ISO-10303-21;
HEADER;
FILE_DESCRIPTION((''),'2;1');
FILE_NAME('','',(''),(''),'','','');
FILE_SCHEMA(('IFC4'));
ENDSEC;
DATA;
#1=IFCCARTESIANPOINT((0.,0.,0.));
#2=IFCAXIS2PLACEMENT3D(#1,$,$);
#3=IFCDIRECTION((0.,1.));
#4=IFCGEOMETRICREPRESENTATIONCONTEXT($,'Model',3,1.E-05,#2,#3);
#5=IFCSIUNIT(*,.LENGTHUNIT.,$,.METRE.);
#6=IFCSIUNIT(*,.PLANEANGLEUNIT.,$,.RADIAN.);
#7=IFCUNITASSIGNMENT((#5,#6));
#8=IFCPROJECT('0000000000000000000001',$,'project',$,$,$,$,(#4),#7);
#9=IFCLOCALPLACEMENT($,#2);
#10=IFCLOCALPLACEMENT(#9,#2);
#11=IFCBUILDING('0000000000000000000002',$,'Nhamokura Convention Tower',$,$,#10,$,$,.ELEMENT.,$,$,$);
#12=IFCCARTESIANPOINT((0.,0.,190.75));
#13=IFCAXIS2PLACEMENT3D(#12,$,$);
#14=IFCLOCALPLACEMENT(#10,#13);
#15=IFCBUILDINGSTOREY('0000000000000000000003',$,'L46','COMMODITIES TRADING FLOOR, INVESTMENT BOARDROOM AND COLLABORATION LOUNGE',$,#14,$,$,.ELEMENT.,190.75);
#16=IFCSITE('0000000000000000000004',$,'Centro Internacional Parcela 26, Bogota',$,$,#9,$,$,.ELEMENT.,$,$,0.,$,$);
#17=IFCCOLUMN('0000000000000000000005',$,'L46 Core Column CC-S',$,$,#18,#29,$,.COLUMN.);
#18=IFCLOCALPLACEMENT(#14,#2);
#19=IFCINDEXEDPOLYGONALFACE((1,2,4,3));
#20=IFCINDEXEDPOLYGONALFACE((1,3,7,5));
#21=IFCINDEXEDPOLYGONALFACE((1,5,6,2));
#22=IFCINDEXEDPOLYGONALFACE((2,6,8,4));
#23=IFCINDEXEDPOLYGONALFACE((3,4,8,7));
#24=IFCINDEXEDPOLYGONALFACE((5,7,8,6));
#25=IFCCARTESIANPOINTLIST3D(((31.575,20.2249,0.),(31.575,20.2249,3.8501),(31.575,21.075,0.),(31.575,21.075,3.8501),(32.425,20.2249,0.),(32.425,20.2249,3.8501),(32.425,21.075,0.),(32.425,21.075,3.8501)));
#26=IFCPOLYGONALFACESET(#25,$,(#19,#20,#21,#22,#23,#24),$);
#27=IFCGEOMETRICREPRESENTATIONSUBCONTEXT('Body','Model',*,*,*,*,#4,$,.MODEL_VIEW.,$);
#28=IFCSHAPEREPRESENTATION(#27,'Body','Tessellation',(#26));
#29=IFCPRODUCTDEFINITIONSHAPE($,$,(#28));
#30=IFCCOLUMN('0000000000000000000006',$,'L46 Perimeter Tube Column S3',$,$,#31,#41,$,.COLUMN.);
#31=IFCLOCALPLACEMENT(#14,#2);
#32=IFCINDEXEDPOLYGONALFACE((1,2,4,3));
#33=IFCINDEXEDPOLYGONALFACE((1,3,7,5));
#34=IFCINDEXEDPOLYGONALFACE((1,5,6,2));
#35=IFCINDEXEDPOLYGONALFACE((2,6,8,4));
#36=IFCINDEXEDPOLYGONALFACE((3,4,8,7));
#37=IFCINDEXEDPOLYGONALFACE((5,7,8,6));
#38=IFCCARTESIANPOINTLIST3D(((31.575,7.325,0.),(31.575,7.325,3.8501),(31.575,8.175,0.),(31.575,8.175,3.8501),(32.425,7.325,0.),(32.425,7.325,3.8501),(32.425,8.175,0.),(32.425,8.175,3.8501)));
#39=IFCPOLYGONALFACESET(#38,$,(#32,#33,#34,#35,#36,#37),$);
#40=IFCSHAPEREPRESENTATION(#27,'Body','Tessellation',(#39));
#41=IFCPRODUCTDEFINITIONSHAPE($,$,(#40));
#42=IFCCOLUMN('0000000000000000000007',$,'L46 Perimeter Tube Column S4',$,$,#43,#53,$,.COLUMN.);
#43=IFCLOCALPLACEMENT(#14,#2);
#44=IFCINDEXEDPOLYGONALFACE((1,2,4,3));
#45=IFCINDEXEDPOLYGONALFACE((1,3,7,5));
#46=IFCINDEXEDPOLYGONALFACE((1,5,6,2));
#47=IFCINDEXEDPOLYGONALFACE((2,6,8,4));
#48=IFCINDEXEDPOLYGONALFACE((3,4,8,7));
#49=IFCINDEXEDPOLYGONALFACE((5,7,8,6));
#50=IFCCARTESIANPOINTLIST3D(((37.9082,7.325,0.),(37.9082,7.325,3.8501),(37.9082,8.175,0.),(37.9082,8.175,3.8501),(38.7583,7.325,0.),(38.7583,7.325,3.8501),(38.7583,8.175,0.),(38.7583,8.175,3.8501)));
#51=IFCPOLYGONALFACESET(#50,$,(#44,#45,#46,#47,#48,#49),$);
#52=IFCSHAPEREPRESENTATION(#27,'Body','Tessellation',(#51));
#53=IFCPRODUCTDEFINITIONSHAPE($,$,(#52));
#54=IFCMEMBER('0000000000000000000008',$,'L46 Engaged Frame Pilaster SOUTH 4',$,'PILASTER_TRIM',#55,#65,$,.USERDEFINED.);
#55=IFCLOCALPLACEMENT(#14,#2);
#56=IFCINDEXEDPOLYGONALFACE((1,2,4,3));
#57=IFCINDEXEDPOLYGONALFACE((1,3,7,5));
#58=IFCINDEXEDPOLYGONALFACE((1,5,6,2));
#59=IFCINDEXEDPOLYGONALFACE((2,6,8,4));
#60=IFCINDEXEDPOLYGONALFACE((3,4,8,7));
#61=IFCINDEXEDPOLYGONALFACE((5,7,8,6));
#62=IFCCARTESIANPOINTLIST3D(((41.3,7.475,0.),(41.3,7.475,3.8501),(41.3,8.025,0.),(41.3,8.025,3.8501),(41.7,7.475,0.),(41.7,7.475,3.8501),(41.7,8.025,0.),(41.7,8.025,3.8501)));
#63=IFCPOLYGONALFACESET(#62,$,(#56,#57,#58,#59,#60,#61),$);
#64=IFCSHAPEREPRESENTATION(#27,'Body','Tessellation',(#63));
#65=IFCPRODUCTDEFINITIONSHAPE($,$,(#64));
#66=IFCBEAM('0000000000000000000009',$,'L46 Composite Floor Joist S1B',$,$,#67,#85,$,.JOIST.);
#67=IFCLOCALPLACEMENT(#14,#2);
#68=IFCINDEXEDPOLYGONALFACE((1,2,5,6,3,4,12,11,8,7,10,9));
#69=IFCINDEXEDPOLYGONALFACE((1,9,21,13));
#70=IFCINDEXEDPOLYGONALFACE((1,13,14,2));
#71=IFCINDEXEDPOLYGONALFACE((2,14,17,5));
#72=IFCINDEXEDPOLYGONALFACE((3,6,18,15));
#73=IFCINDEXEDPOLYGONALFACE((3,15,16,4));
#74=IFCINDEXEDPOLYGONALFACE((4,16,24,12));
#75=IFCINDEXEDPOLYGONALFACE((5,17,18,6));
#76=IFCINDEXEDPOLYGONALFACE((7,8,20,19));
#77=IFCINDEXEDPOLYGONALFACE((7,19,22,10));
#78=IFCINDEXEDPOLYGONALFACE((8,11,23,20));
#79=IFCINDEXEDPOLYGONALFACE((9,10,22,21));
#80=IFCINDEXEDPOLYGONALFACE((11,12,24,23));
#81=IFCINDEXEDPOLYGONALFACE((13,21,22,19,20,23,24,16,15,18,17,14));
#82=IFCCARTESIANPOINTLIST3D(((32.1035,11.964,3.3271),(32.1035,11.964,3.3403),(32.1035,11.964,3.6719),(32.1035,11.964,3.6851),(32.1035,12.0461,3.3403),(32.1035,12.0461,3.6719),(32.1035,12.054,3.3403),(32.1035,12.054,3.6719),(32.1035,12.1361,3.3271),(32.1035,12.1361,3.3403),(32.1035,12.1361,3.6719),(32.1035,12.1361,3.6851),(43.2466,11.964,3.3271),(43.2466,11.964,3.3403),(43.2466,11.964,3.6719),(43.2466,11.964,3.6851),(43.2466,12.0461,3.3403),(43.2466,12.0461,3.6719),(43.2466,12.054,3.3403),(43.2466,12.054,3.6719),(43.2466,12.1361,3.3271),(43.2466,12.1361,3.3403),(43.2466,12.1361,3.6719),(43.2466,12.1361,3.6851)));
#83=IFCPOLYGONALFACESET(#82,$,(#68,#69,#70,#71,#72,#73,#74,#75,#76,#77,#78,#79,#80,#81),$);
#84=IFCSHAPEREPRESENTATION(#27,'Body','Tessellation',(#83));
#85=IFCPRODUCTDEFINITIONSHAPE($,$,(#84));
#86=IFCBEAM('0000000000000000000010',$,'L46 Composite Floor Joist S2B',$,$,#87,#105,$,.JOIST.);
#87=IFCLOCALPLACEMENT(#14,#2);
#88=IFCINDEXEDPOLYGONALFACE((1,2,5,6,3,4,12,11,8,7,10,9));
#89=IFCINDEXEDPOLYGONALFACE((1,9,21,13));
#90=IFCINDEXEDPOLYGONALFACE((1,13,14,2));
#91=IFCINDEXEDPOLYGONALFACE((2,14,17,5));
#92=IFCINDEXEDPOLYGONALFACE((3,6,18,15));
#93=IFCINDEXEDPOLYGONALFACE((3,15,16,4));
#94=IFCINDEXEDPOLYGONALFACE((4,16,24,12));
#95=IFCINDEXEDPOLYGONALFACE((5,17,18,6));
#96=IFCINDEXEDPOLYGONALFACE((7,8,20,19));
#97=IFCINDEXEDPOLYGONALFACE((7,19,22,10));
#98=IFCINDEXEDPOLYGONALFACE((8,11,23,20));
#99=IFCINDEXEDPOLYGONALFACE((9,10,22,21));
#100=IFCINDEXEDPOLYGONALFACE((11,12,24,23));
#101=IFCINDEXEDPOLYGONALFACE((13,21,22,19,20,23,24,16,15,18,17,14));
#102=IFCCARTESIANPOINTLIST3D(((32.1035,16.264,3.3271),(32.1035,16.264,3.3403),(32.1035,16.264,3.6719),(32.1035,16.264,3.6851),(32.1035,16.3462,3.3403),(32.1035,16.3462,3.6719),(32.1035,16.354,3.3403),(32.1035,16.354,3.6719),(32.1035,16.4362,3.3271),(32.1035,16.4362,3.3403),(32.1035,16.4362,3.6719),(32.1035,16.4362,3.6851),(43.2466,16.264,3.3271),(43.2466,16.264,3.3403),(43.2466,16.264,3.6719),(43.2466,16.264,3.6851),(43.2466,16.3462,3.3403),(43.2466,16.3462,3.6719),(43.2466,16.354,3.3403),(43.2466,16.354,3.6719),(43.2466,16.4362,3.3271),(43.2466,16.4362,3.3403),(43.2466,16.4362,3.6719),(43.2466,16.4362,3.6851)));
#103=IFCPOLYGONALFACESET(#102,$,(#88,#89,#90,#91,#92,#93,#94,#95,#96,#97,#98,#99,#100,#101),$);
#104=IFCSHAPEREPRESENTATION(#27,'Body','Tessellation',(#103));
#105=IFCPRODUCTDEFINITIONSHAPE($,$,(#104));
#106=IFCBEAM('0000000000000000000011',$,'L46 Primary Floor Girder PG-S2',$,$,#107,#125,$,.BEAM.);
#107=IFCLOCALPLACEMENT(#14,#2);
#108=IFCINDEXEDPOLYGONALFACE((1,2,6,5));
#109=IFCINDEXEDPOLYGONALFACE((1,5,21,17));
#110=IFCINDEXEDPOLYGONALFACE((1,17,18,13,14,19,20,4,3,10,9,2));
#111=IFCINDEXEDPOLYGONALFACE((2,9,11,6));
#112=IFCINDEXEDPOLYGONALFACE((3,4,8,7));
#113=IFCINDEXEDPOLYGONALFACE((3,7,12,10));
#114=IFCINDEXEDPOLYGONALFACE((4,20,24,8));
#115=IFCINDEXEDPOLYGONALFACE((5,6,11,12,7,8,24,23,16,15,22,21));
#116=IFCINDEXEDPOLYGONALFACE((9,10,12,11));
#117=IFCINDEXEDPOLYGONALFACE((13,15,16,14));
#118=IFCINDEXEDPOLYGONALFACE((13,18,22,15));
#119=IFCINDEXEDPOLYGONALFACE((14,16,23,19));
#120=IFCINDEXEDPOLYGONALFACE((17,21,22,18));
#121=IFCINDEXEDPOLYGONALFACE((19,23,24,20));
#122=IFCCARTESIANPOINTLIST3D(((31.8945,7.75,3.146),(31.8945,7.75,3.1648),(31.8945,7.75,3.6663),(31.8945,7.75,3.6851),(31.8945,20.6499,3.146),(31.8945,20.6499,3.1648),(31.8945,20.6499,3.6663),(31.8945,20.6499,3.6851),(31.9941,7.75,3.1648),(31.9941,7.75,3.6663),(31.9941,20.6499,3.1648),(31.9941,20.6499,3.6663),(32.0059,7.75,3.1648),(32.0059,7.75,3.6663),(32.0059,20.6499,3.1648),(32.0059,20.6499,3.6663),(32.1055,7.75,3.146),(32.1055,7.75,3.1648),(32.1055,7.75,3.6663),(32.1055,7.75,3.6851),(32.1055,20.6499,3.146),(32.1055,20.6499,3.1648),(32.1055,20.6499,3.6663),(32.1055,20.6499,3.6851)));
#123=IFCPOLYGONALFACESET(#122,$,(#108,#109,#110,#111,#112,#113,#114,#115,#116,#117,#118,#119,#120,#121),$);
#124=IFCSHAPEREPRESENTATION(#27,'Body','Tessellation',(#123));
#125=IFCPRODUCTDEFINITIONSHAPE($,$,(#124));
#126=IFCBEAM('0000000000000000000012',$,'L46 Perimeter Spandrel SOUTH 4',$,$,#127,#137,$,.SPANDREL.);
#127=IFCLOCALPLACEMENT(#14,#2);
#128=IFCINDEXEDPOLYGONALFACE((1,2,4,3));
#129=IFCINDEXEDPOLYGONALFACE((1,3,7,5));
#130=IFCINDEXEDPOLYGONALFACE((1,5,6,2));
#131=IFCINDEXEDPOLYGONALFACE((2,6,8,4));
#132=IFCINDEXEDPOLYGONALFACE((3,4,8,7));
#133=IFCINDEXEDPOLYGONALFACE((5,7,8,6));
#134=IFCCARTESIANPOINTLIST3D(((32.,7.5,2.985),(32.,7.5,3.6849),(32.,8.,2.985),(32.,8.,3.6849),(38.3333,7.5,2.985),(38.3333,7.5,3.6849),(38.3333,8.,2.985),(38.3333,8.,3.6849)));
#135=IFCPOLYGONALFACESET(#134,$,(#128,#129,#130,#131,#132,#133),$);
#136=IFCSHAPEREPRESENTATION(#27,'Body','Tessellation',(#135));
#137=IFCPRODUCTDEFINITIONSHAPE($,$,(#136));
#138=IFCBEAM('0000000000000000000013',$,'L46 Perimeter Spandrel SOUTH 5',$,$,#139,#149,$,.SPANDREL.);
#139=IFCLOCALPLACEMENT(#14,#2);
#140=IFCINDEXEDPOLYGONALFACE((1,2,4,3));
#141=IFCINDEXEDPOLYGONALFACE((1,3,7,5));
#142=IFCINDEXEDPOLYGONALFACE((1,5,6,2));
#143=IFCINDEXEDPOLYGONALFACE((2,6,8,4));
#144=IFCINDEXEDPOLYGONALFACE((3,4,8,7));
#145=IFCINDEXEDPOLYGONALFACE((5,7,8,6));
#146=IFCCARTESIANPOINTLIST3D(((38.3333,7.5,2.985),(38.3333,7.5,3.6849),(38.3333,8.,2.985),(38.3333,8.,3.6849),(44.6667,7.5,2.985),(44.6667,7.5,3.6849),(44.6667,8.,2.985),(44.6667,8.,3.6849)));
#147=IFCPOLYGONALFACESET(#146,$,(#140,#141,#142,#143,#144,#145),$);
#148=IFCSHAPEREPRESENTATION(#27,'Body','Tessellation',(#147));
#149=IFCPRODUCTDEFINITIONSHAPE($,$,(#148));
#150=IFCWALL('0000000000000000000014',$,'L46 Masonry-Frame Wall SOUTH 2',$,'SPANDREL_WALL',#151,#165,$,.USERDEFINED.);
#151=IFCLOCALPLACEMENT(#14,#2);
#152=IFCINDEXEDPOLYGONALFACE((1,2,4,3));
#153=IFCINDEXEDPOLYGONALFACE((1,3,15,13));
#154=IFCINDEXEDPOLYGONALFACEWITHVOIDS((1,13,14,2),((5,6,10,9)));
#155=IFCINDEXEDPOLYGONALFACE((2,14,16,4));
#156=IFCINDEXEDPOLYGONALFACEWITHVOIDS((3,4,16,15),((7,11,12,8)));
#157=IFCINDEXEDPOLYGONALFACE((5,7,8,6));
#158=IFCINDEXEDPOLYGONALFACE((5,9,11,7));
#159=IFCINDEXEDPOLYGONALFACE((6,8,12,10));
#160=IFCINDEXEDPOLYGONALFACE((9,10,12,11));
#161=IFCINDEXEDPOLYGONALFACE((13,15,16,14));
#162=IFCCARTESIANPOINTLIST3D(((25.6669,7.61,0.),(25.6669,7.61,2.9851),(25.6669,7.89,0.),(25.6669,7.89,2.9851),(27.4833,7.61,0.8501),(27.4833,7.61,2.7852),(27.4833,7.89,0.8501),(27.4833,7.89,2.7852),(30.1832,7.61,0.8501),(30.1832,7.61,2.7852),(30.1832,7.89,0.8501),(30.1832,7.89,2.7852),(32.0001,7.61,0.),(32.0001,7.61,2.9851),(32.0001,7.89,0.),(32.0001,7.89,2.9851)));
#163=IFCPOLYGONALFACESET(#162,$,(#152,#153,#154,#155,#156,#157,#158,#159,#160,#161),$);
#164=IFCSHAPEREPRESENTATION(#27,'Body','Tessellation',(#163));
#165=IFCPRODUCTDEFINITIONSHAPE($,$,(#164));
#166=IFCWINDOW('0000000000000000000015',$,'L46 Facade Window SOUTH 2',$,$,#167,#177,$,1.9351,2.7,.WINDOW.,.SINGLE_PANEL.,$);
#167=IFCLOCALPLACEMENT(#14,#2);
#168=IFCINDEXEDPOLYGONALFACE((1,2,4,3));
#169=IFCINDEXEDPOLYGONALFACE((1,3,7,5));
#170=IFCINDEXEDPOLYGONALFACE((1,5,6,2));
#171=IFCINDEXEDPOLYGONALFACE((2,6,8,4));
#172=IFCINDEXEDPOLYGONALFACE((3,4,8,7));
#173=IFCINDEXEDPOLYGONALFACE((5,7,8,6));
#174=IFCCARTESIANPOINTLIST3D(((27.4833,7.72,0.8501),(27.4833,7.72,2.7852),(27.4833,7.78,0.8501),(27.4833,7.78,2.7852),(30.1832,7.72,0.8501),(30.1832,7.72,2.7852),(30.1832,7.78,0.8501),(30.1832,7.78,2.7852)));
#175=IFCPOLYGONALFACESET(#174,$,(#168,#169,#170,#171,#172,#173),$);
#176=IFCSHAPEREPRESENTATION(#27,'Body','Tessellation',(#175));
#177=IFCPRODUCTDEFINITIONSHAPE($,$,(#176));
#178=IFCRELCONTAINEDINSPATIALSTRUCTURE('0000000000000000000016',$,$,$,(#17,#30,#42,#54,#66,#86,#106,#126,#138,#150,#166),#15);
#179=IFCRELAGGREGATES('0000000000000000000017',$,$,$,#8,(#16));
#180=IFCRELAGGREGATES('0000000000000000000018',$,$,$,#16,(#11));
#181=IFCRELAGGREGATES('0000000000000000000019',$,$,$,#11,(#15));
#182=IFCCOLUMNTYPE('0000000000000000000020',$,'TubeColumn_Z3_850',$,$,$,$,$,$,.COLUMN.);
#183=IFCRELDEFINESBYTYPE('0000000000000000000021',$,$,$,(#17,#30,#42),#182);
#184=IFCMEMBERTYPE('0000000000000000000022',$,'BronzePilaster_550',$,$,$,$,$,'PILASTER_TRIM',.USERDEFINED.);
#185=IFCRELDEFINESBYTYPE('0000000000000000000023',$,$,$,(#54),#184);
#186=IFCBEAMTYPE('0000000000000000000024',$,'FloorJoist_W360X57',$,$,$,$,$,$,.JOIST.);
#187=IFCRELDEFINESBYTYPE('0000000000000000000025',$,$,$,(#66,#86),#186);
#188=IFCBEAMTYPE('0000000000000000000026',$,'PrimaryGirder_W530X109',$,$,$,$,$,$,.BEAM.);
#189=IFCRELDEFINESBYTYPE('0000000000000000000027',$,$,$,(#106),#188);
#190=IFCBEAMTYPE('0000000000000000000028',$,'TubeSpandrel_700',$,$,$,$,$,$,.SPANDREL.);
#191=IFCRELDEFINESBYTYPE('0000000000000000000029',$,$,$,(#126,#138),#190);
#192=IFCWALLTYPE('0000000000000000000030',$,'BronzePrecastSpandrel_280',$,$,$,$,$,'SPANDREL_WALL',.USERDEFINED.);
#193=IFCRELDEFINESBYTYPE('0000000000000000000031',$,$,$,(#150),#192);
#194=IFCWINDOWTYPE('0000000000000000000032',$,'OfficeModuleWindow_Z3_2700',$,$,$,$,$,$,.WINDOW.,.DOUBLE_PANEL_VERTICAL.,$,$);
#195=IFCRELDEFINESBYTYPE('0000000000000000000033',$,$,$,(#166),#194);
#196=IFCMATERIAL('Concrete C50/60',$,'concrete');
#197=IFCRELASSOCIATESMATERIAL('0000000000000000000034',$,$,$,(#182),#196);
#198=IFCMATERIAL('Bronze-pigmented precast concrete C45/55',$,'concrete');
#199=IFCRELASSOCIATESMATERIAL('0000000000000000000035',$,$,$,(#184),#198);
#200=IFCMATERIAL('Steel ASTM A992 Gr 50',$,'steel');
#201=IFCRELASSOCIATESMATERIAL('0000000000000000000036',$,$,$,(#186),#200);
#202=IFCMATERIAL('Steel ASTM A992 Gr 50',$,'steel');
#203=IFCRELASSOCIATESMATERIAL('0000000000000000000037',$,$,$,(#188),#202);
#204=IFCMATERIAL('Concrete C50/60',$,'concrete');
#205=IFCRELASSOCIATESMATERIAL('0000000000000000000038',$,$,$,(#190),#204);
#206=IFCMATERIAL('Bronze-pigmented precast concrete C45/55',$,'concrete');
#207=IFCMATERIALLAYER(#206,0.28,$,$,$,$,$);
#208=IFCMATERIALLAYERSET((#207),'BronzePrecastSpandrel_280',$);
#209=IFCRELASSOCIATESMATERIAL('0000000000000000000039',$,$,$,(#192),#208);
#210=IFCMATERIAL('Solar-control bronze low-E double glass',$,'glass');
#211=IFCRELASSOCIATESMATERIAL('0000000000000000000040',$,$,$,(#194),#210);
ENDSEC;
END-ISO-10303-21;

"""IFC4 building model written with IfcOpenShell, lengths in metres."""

from ifc_helpers import new_model, si_unit, direction, frame, frame_2d, origin, origin_2d, place, context, subcontext, project, spatial, rectangle, i_section, extrude, material, layer, layer_set, material_profile, profile_set, type_object, element, fill, save


model = new_model("IFC4")

# Units and contexts
model_context = context("Model", 3, precision=1e-05, world=origin(), true_north=direction((0.0, 1.0)))
body_context = subcontext(model_context, "Body", "Model", "MODEL_VIEW")
ifc_project = project(units=[si_unit("LENGTHUNIT", "METRE"), si_unit("PLANEANGLEUNIT", "RADIAN")], contexts=[model_context])

# Site, building, storey
site_placement = place(None, origin())
site = spatial("IfcSite", under=ifc_project, at=site_placement, Name="Centro Internacional Parcela 26, Bogota", CompositionType="ELEMENT", RefElevation=0.0)
building_placement = place(site_placement, origin())
building = spatial("IfcBuilding", under=site, at=building_placement, Name="Nhamokura Convention Tower", CompositionType="ELEMENT")
storey_placement = place(building_placement, frame((0.0, 0.0, 190.75)))
storey = spatial("IfcBuildingStorey", under=building, at=storey_placement, Name="L46", Description="COMMODITIES TRADING FLOOR, INVESTMENT BOARDROOM AND COLLABORATION LOUNGE", CompositionType="ELEMENT", Elevation=190.75)

# Columns
ifc_material_1 = material(Name="Concrete C50/60", Category="concrete")
ifc_material_profile_1 = material_profile(ifc_material_1, rectangle(XDim=0.8501, YDim=0.8501, at=origin_2d()))
ifc_profile_set_1 = profile_set([ifc_material_profile_1], Name="Concrete C50/60")
column_type = type_object("IfcColumnType", Name="TubeColumn_Z3_850", PredefinedType="COLUMN", material=ifc_profile_set_1)
for number, where, z_axis, x_axis, name in (
    (1, (32.0, 20.6499, 0.0), (0.0, 0.0, 1.0), (1.0, 0.0, 0.0), "L46 Core Column CC-S"),
    (2, (32.0, 7.75, 0.0), (0.0, 0.0, 1.0), (1.0, 0.0, 0.0), "L46 Perimeter Tube Column S3"),
    (3, (38.3333, 7.75, 0.0), (0.0, 0.0, 1.0), (1.0, 0.0, 0.0), "L46 Perimeter Tube Column S4"),
):
    element("IfcColumn", number, at=place(storey_placement, frame(where, z_axis=z_axis, x_axis=x_axis)), inside=storey, type_object=column_type, Name=name, PredefinedType="COLUMN", context=body_context, shape_type="SweptSolid", body=[
        extrude(rectangle(XDim=0.8501, YDim=0.8501, at=origin_2d()), origin(), (0.0, 0.0, 1.0), 3.8501),
    ])

# Member
ifc_material_2 = material(Name="Bronze-pigmented precast concrete C45/55", Category="concrete")
ifc_material_profile_2 = material_profile(ifc_material_2, rectangle(XDim=0.3999, YDim=0.55, at=origin_2d()))
ifc_profile_set_2 = profile_set([ifc_material_profile_2], Name="Bronze-pigmented precast concrete C45/55")
member_type = type_object("IfcMemberType", Name="BronzePilaster_550", ElementType="PILASTER_TRIM", PredefinedType="USERDEFINED", material=ifc_profile_set_2)
member_placement = place(storey_placement, frame((41.5, 7.75, 0.0), z_axis=(0.0, 0.0, 1.0), x_axis=(1.0, 0.0, 0.0)))
element("IfcMember", 4, at=member_placement, inside=storey, type_object=member_type, Name="L46 Engaged Frame Pilaster SOUTH 4", ObjectType="PILASTER_TRIM", PredefinedType="USERDEFINED", context=body_context, shape_type="SweptSolid", body=[
    extrude(rectangle(XDim=0.3999, YDim=0.55, at=origin_2d()), origin(), (0.0, 0.0, 1.0), 3.8501),
])

# Beams
ifc_material_3 = material(Name="Steel ASTM A992 Gr 50", Category="steel")
ifc_material_profile_3 = material_profile(ifc_material_3, i_section(OverallWidth=0.1721, OverallDepth=0.3579, WebThickness=0.0078, FlangeThickness=0.0132, at=origin_2d()))
ifc_profile_set_3 = profile_set([ifc_material_profile_3], Name="Steel ASTM A992 Gr 50")
beam_type_1 = type_object("IfcBeamType", Name="FloorJoist_W360X57", PredefinedType="JOIST", material=ifc_profile_set_3)
for number, where, z_axis, x_axis, name in (
    (5, (32.1035, 12.05, 3.5061), (1.0, 0.0, 0.0), (0.0, 1.0, 0.0), "L46 Composite Floor Joist S1B"),
    (6, (32.1035, 16.3501, 3.5061), (1.0, 0.0, 0.0), (0.0, 1.0, 0.0), "L46 Composite Floor Joist S2B"),
):
    element("IfcBeam", number, at=place(storey_placement, frame(where, z_axis=z_axis, x_axis=x_axis)), inside=storey, type_object=beam_type_1, Name=name, PredefinedType="JOIST", context=body_context, shape_type="SweptSolid", body=[
        extrude(i_section(OverallWidth=0.1721, OverallDepth=0.3579, WebThickness=0.0078, FlangeThickness=0.0132, at=origin_2d()), origin(), (0.0, 0.0, 1.0), 11.1431),
    ])
ifc_material_4 = material(Name="Steel ASTM A992 Gr 50", Category="steel")
ifc_material_profile_4 = material_profile(ifc_material_4, i_section(OverallWidth=0.2109, OverallDepth=0.5391, WebThickness=0.0117, FlangeThickness=0.0188, at=origin_2d()))
ifc_profile_set_4 = profile_set([ifc_material_profile_4], Name="Steel ASTM A992 Gr 50")
beam_type_2 = type_object("IfcBeamType", Name="PrimaryGirder_W530X109", PredefinedType="BEAM", material=ifc_profile_set_4)
beam_1_placement = place(storey_placement, frame((32.0, 7.75, 3.4155), z_axis=(0.0, 1.0, 0.0), x_axis=(-1.0, 0.0, 0.0)))
element("IfcBeam", 7, at=beam_1_placement, inside=storey, type_object=beam_type_2, Name="L46 Primary Floor Girder PG-S2", PredefinedType="BEAM", context=body_context, shape_type="SweptSolid", body=[
    extrude(i_section(OverallWidth=0.2109, OverallDepth=0.5391, WebThickness=0.0117, FlangeThickness=0.0188, at=origin_2d()), origin(), (0.0, 0.0, 1.0), 12.8999),
])
ifc_material_5 = material(Name="Concrete C50/60", Category="concrete")
ifc_material_profile_5 = material_profile(ifc_material_5, rectangle(XDim=0.5, YDim=0.7, at=origin_2d()))
ifc_profile_set_5 = profile_set([ifc_material_profile_5], Name="Concrete C50/60")
beam_type_3 = type_object("IfcBeamType", Name="TubeSpandrel_700", PredefinedType="SPANDREL", material=ifc_profile_set_5)
beam_2_placement = place(storey_placement, frame((32.0, 7.75, 3.335), z_axis=(1.0, 0.0, 0.0), x_axis=(0.0, 1.0, 0.0)))
element("IfcBeam", 8, at=beam_2_placement, inside=storey, type_object=beam_type_3, Name="L46 Perimeter Spandrel SOUTH 4", PredefinedType="SPANDREL", context=body_context, shape_type="SweptSolid", body=[
    extrude(rectangle(XDim=0.5, YDim=0.7, at=origin_2d()), origin(), (0.0, 0.0, 1.0), 6.3333),
])
beam_3_placement = place(storey_placement, frame((38.3333, 7.75, 3.335), z_axis=(1.0, 0.0, 0.0), x_axis=(0.0, 1.0, 0.0)))
element("IfcBeam", 9, at=beam_3_placement, inside=storey, type_object=beam_type_3, Name="L46 Perimeter Spandrel SOUTH 5", PredefinedType="SPANDREL", context=body_context, shape_type="SweptSolid", body=[
    extrude(rectangle(XDim=0.5, YDim=0.7, at=origin_2d()), origin(), (0.0, 0.0, 1.0), 6.3335),
])

# Wall, opening, window
ifc_material_6 = material(Name="Bronze-pigmented precast concrete C45/55", Category="concrete")
ifc_layer_1 = layer(ifc_material_6, 0.28)
ifc_layer_set_1 = layer_set([ifc_layer_1], Name="BronzePrecastSpandrel_280")
wall_type_1 = type_object("IfcWallType", Name="BronzePrecastSpandrel_280", ElementType="SPANDREL_WALL", PredefinedType="USERDEFINED", material=ifc_layer_set_1)
wall_1_placement = place(storey_placement, frame((32.0, 7.75, 0.0), z_axis=(0.0, 0.0, 1.0), x_axis=(-1.0, 0.0, 0.0)))
wall_1 = element("IfcWall", 10, at=wall_1_placement, inside=storey, type_object=wall_type_1, Name="L46 Masonry-Frame Wall SOUTH 2", ObjectType="SPANDREL_WALL", PredefinedType="USERDEFINED", context=body_context, shape_type="SweptSolid", body=[
    extrude(rectangle(XDim=6.3333, YDim=0.28, at=frame_2d((3.1665, 0.0))), origin(), (0.0, 0.0, 1.0), 2.9851),
])
opening_1_placement = place(wall_1_placement, frame((1.8167, 0.0, 0.8501)))
opening_1 = element("IfcOpeningElement", 11, at=opening_1_placement, cuts=wall_1, PredefinedType="OPENING", context=body_context, shape_type="SweptSolid", body=[
    extrude(rectangle(XDim=2.7, YDim=1.9351, at=frame_2d((1.3501, 0.9675))), frame((0.0, 0.1499, 0.0), z_axis=(0.0, -1.0, 0.0), x_axis=(1.0, 0.0, 0.0)), (0.0, 0.0, 1.0), 0.3),
])
ifc_material_7 = material(Name="Solar-control bronze low-E double glass", Category="glass")
window_type = type_object("IfcWindowType", Name="OfficeModuleWindow_Z3_2700", PartitioningType="DOUBLE_PANEL_VERTICAL", PredefinedType="WINDOW", material=ifc_material_7)
window_1_placement = place(opening_1_placement, origin())
window_1 = element("IfcWindow", 12, at=window_1_placement, inside=storey, type_object=window_type, Name="L46 Facade Window SOUTH 2", OverallHeight=1.9351, OverallWidth=2.7, PartitioningType="SINGLE_PANEL", PredefinedType="WINDOW", context=body_context, shape_type="SweptSolid", body=[
    extrude(rectangle(XDim=2.7, YDim=1.9351, at=frame_2d((1.3501, 0.9675))), frame((0.0, 0.03, 0.0), z_axis=(0.0, -1.0, 0.0), x_axis=(1.0, 0.0, 0.0)), (0.0, 0.0, 1.0), 0.0601),
])
fill(opening_1, window_1)

save(model, "model.ifc")
